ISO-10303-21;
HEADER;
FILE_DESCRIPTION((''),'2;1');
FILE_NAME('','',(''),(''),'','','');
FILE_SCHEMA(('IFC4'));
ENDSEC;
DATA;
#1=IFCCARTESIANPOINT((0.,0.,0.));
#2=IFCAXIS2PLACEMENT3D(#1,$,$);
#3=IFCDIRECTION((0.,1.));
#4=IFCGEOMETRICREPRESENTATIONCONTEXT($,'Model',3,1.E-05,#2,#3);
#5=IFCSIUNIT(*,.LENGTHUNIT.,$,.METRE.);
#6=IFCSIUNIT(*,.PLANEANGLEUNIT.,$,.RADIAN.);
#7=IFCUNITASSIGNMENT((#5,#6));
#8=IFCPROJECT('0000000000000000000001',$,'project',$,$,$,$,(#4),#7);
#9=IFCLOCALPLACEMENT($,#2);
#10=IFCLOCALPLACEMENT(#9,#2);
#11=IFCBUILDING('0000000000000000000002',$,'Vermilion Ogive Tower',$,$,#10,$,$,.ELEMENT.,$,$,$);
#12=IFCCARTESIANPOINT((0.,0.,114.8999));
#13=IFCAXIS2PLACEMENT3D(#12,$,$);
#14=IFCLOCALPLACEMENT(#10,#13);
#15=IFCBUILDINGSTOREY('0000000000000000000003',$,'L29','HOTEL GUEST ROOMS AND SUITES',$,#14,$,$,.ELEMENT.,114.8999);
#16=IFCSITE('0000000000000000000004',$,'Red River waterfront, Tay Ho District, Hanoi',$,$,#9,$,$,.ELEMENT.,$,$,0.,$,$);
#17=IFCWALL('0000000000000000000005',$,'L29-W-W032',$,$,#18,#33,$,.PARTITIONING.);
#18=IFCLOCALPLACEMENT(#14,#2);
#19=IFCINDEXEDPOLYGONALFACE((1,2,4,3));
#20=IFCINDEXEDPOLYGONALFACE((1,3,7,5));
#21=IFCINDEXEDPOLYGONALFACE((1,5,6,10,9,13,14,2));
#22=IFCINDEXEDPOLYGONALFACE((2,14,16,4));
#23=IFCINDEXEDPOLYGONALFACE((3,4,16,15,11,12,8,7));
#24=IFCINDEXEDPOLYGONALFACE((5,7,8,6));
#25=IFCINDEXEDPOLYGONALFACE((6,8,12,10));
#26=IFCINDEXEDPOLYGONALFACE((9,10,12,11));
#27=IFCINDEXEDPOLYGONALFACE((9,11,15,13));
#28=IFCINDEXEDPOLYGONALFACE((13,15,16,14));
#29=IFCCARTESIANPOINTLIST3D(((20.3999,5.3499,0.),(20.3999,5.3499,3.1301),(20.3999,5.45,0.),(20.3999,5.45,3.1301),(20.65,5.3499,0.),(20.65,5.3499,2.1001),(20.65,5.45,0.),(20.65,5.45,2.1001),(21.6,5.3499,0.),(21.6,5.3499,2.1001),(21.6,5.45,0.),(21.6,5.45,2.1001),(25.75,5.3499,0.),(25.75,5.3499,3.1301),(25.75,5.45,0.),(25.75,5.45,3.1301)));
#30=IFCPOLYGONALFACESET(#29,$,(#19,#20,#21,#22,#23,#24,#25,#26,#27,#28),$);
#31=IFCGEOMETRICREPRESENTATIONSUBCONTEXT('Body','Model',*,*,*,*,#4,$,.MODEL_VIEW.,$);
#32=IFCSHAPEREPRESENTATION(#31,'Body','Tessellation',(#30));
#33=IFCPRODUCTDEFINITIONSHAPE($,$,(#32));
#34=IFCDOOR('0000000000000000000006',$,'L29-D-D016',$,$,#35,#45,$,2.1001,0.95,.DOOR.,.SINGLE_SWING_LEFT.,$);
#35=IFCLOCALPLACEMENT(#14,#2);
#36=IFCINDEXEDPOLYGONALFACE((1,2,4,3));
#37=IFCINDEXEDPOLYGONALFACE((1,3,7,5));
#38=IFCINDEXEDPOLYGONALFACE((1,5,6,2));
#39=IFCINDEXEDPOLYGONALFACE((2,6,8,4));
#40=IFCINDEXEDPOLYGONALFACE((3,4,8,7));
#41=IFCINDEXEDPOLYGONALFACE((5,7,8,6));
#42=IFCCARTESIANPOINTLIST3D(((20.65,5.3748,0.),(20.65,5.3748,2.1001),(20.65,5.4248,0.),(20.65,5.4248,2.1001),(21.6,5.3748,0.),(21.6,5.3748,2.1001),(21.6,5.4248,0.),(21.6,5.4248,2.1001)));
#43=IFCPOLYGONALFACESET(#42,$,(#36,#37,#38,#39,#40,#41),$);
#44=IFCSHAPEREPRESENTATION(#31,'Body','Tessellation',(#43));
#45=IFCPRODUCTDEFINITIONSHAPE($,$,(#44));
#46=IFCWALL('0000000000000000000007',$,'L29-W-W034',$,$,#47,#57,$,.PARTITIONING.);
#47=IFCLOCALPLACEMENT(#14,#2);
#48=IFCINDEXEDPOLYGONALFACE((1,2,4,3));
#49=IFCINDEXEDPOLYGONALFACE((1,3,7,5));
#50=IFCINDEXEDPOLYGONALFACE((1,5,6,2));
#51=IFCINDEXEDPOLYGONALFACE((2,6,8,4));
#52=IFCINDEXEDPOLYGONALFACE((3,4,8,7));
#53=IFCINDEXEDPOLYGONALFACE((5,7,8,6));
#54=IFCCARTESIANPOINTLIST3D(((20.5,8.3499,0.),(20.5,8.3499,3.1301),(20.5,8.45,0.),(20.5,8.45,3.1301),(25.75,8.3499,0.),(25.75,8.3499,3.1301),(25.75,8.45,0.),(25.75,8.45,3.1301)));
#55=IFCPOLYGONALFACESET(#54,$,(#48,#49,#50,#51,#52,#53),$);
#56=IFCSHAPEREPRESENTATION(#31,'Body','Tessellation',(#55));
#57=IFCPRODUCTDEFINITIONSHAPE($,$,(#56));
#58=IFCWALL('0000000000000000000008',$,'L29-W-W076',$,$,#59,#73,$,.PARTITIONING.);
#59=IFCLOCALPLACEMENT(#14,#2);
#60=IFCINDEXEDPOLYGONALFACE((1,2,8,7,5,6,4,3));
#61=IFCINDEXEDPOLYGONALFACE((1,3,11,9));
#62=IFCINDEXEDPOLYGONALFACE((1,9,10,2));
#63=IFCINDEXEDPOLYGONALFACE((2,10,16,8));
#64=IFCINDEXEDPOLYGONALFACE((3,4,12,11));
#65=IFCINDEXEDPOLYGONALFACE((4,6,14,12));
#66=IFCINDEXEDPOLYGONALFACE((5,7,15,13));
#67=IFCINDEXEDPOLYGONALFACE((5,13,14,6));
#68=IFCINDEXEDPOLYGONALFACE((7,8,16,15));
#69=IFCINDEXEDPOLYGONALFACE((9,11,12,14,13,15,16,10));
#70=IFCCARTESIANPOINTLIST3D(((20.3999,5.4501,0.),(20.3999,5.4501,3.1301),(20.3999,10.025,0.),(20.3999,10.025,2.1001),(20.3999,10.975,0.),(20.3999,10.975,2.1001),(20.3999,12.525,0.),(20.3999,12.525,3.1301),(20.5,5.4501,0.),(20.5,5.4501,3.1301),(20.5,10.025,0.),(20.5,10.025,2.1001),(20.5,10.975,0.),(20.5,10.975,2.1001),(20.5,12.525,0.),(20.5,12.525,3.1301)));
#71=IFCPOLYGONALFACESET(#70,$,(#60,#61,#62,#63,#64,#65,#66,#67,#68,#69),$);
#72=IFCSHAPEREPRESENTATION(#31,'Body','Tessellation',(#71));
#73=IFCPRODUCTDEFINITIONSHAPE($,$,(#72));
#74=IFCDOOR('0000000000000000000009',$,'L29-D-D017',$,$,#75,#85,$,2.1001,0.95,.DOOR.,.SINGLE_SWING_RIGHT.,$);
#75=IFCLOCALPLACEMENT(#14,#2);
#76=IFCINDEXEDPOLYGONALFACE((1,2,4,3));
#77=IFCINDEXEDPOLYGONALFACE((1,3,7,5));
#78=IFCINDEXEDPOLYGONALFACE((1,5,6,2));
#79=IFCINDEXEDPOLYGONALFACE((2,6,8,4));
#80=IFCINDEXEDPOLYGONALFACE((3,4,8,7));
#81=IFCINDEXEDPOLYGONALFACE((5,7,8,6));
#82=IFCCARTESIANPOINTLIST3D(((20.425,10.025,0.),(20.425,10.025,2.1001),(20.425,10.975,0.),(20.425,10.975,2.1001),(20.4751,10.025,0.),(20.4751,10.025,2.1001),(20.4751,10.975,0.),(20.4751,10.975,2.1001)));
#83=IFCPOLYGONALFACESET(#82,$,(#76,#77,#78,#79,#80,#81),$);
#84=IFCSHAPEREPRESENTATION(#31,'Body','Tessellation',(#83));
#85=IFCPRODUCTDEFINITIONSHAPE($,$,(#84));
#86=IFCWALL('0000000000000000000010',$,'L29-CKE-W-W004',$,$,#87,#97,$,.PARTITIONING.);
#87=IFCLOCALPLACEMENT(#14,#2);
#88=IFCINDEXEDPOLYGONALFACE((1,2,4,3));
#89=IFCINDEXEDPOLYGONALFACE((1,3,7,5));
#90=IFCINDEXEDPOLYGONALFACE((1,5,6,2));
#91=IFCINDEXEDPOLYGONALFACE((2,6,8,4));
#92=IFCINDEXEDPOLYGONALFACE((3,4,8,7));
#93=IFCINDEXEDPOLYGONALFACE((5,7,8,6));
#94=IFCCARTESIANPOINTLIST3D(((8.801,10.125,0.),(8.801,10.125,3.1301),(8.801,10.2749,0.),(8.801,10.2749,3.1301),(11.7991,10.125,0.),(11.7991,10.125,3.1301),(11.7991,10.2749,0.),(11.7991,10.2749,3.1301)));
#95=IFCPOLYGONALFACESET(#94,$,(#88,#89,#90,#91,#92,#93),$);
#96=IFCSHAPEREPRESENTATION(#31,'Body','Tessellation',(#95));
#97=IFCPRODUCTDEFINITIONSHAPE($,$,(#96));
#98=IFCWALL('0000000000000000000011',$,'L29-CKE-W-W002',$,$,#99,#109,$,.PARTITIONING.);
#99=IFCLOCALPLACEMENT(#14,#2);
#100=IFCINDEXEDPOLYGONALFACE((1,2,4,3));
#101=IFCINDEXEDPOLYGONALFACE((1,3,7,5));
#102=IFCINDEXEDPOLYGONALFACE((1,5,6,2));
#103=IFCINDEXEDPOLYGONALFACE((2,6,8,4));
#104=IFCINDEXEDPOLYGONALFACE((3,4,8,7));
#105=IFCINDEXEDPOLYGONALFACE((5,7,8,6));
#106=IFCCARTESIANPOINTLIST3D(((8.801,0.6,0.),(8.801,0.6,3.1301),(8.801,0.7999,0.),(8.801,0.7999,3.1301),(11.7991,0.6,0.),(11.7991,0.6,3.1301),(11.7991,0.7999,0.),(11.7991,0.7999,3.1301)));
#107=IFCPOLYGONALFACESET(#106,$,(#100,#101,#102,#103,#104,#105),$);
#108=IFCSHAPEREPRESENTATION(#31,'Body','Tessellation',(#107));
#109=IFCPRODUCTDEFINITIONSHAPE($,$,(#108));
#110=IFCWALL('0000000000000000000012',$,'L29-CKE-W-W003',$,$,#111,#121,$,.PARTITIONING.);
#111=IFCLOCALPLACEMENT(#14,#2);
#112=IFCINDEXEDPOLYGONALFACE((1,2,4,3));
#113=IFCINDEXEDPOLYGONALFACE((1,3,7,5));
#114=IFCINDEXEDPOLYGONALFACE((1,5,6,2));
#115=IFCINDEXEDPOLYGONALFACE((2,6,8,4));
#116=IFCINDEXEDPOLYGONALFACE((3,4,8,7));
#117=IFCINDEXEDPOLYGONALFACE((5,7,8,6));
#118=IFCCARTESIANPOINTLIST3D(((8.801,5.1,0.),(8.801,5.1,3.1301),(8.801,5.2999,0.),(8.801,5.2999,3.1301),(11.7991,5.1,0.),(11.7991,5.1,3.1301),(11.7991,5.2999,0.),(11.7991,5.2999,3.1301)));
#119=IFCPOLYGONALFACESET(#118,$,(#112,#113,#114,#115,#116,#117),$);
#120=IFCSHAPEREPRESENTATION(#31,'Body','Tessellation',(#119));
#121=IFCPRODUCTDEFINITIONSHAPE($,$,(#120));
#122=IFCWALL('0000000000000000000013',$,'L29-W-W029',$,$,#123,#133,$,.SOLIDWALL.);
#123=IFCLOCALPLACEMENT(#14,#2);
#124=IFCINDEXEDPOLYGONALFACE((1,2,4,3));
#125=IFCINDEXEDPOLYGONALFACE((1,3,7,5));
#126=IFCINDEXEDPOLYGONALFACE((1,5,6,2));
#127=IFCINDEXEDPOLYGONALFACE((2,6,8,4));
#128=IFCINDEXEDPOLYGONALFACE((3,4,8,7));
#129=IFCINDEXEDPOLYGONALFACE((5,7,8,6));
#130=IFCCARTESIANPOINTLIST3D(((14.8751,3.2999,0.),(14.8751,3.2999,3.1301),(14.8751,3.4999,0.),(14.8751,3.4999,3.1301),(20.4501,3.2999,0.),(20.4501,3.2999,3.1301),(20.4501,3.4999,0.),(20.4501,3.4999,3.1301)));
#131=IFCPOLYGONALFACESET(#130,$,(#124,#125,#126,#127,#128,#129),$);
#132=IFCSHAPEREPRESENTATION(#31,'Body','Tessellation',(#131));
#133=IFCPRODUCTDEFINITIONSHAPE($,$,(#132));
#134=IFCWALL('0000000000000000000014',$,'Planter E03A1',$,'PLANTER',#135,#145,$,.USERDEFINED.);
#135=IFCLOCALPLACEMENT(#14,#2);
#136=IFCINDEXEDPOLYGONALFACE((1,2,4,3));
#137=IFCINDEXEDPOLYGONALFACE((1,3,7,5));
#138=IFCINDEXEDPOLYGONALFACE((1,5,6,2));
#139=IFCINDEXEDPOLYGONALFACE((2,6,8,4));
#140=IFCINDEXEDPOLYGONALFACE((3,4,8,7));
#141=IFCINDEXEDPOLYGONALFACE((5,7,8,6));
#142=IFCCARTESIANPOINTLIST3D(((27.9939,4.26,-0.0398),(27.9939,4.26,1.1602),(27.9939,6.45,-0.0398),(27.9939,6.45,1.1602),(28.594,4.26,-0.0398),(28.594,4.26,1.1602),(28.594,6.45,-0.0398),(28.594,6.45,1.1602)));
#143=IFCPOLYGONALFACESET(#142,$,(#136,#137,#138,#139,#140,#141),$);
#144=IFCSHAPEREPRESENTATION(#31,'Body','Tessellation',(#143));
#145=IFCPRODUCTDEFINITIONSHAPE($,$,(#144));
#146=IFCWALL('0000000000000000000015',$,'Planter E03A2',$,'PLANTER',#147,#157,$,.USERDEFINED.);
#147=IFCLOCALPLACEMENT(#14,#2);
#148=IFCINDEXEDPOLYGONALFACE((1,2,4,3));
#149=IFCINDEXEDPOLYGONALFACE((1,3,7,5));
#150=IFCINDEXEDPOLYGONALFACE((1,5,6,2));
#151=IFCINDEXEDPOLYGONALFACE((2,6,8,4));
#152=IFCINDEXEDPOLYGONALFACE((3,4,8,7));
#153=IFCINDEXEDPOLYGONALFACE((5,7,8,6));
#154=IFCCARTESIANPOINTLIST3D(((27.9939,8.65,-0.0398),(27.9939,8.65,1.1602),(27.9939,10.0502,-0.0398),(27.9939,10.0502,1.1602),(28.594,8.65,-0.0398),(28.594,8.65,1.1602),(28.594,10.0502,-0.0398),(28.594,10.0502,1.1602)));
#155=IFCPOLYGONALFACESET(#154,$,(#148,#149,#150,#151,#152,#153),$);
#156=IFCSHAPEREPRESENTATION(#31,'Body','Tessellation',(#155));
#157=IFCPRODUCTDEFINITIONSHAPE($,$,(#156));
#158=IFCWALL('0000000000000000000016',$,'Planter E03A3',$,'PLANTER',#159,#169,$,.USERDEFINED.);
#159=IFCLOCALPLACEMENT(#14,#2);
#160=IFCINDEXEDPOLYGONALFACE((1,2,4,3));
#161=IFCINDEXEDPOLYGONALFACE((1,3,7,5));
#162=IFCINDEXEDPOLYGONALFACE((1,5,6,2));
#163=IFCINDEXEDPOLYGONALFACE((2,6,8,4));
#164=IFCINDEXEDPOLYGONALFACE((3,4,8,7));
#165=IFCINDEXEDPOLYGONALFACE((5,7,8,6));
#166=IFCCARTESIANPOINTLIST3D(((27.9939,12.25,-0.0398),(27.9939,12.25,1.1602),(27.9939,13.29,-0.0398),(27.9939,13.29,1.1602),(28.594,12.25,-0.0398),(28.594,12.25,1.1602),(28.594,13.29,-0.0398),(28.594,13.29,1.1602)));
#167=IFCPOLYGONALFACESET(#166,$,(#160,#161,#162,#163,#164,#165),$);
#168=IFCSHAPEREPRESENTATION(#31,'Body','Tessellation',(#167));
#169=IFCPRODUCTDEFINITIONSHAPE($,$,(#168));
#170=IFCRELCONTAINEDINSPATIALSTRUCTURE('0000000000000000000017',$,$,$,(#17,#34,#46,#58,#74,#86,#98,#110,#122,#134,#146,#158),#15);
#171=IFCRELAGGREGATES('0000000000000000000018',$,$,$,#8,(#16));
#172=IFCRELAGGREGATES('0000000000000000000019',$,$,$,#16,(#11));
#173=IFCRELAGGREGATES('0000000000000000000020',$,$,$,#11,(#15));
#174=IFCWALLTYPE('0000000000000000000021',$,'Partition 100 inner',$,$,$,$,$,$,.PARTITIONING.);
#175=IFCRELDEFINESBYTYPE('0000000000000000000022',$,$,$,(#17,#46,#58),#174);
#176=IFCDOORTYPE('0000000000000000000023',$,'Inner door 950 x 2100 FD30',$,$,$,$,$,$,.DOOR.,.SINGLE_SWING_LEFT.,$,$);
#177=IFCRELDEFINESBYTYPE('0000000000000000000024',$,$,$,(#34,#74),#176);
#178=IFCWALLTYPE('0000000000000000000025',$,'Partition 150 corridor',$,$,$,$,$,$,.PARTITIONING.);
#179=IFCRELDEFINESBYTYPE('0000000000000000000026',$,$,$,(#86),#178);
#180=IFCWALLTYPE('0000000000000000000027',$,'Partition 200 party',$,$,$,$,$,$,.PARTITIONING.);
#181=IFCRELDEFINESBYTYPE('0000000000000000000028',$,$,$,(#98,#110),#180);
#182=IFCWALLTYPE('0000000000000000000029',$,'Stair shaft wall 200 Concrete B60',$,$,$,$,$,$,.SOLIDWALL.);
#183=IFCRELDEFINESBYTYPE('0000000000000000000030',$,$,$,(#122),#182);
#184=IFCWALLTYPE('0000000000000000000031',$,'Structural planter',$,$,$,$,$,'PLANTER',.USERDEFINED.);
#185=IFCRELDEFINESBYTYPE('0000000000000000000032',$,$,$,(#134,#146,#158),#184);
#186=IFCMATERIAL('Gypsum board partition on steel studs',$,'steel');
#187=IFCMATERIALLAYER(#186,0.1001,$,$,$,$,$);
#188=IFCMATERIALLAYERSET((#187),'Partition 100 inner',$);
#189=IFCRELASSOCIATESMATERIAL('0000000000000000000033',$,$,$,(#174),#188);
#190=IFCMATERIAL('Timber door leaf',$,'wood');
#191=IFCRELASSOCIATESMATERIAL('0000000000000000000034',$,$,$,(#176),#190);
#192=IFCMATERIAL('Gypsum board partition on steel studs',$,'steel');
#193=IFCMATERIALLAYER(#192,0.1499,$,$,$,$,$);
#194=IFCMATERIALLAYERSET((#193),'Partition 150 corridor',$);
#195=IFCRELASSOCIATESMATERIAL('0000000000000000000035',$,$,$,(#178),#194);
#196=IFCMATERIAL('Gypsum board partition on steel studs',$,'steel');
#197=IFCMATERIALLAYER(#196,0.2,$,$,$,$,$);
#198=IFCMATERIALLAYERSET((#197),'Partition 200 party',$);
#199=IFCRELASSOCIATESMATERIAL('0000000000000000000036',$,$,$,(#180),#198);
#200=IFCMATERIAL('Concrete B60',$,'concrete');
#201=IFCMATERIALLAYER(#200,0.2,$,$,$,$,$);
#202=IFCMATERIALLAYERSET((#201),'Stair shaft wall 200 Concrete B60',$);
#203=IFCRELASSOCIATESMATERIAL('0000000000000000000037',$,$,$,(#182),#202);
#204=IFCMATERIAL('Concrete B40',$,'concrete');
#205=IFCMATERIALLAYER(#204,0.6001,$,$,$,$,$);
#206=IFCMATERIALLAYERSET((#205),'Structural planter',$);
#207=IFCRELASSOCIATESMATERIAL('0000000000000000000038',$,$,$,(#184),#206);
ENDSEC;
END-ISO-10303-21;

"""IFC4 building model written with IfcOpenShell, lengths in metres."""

from ifc_helpers import new_model, si_unit, direction, frame, frame_2d, origin, place, context, subcontext, project, spatial, rectangle, extrude, material, layer, layer_set, type_object, element, fill, save


model = new_model("IFC4")

# Units and contexts
model_context = context("Model", 3, precision=1e-05, world=origin(), true_north=direction((0.0, 1.0)))
body_context = subcontext(model_context, "Body", "Model", "MODEL_VIEW")
ifc_project = project(units=[si_unit("LENGTHUNIT", "METRE"), si_unit("PLANEANGLEUNIT", "RADIAN")], contexts=[model_context])

# Site, building, storey
site_placement = place(None, origin())
site = spatial("IfcSite", under=ifc_project, at=site_placement, Name="Red River waterfront, Tay Ho District, Hanoi", CompositionType="ELEMENT", RefElevation=0.0)
building_placement = place(site_placement, origin())
building = spatial("IfcBuilding", under=site, at=building_placement, Name="Vermilion Ogive Tower", CompositionType="ELEMENT")
storey_placement = place(building_placement, frame((0.0, 0.0, 114.8999)))
storey = spatial("IfcBuildingStorey", under=building, at=storey_placement, Name="L29", Description="HOTEL GUEST ROOMS AND SUITES", CompositionType="ELEMENT", Elevation=114.8999)

# Shared definitions
ifc_material_1 = material(Name="Gypsum board partition on steel studs", Category="steel")
ifc_layer_1 = layer(ifc_material_1, 0.1001)
ifc_layer_set_1 = layer_set([ifc_layer_1], Name="Partition 100 inner")
wall_type_1 = type_object("IfcWallType", Name="Partition 100 inner", PredefinedType="PARTITIONING", material=ifc_layer_set_1)
ifc_material_2 = material(Name="Timber door leaf", Category="wood")
door_type_1 = type_object("IfcDoorType", Name="Inner door 950 x 2100 FD30", OperationType="SINGLE_SWING_LEFT", PredefinedType="DOOR", material=ifc_material_2)

# Wall, opening, door
wall_1_placement = place(storey_placement, frame((20.3999, 5.3999, 0.0), z_axis=(0.0, 0.0, 1.0), x_axis=(1.0, 0.0, 0.0)))
wall_1 = element("IfcWall", 1, at=wall_1_placement, inside=storey, type_object=wall_type_1, Name="L29-W-W032", PredefinedType="PARTITIONING", context=body_context, shape_type="SweptSolid", body=[
    extrude(rectangle(XDim=5.3501, YDim=0.1001, at=frame_2d((2.675, 0.0))), origin(), (0.0, 0.0, 1.0), 3.1301),
])
opening_1_placement = place(wall_1_placement, frame((0.25, 0.0, 0.0)))
opening_1 = element("IfcOpeningElement", 2, at=opening_1_placement, cuts=wall_1, PredefinedType="OPENING", context=body_context, shape_type="SweptSolid", body=[
    extrude(rectangle(XDim=0.95, YDim=2.1001, at=frame_2d((0.4751, 1.05))), frame((0.0, 0.0601, 0.0), z_axis=(0.0, -1.0, 0.0), x_axis=(1.0, 0.0, 0.0)), (0.0, 0.0, 1.0), 0.1201),
])
door_1_placement = place(opening_1_placement, origin())
door_1 = element("IfcDoor", 3, at=door_1_placement, inside=storey, type_object=door_type_1, Name="L29-D-D016", OperationType="SINGLE_SWING_LEFT", OverallHeight=2.1001, OverallWidth=0.95, PredefinedType="DOOR", context=body_context, shape_type="SweptSolid", body=[
    extrude(rectangle(XDim=0.95, YDim=2.1001, at=frame_2d((0.4751, 1.05))), frame((0.0, 0.0249, 0.0), z_axis=(0.0, -1.0, 0.0), x_axis=(1.0, 0.0, 0.0)), (0.0, 0.0, 1.0), 0.05),
])
fill(opening_1, door_1)

# Wall
wall_2_placement = place(storey_placement, frame((20.5, 8.3999, 0.0), z_axis=(0.0, 0.0, 1.0), x_axis=(1.0, 0.0, 0.0)))
element("IfcWall", 4, at=wall_2_placement, inside=storey, type_object=wall_type_1, Name="L29-W-W034", PredefinedType="PARTITIONING", context=body_context, shape_type="SweptSolid", body=[
    extrude(rectangle(XDim=5.25, YDim=0.1001, at=frame_2d((2.625, 0.0))), origin(), (0.0, 0.0, 1.0), 3.1301),
])

# Wall, opening, door
wall_3_placement = place(storey_placement, frame((20.45, 5.45, 0.0), z_axis=(0.0, 0.0, 1.0), x_axis=(0.0, 1.0, 0.0)))
wall_3 = element("IfcWall", 5, at=wall_3_placement, inside=storey, type_object=wall_type_1, Name="L29-W-W076", PredefinedType="PARTITIONING", context=body_context, shape_type="SweptSolid", body=[
    extrude(rectangle(XDim=7.075, YDim=0.1001, at=frame_2d((3.5376, 0.0))), origin(), (0.0, 0.0, 1.0), 3.1301),
])
opening_2_placement = place(wall_3_placement, frame((4.575, 0.0, 0.0)))
opening_2 = element("IfcOpeningElement", 6, at=opening_2_placement, cuts=wall_3, PredefinedType="OPENING", context=body_context, shape_type="SweptSolid", body=[
    extrude(rectangle(XDim=0.95, YDim=2.1001, at=frame_2d((0.4751, 1.05))), frame((0.0, 0.0601, 0.0), z_axis=(0.0, -1.0, 0.0), x_axis=(1.0, 0.0, 0.0)), (0.0, 0.0, 1.0), 0.1201),
])
door_2_placement = place(opening_2_placement, origin())
door_2 = element("IfcDoor", 7, at=door_2_placement, inside=storey, type_object=door_type_1, Name="L29-D-D017", OperationType="SINGLE_SWING_RIGHT", OverallHeight=2.1001, OverallWidth=0.95, PredefinedType="DOOR", context=body_context, shape_type="SweptSolid", body=[
    extrude(rectangle(XDim=0.95, YDim=2.1001, at=frame_2d((0.4751, 1.05))), frame((0.0, 0.0249, 0.0), z_axis=(0.0, -1.0, 0.0), x_axis=(1.0, 0.0, 0.0)), (0.0, 0.0, 1.0), 0.05),
])
fill(opening_2, door_2)

# Walls
ifc_material_3 = material(Name="Gypsum board partition on steel studs", Category="steel")
ifc_layer_2 = layer(ifc_material_3, 0.1499)
ifc_layer_set_2 = layer_set([ifc_layer_2], Name="Partition 150 corridor")
wall_type_2 = type_object("IfcWallType", Name="Partition 150 corridor", PredefinedType="PARTITIONING", material=ifc_layer_set_2)
wall_4_placement = place(storey_placement, frame((8.801, 10.2, 0.0), z_axis=(0.0, 0.0, 1.0), x_axis=(1.0, 0.0, 0.0)))
element("IfcWall", 8, at=wall_4_placement, inside=storey, type_object=wall_type_2, Name="L29-CKE-W-W004", PredefinedType="PARTITIONING", context=body_context, shape_type="SweptSolid", body=[
    extrude(rectangle(XDim=2.998, YDim=0.1499, at=frame_2d((1.499, 0.0))), origin(), (0.0, 0.0, 1.0), 3.1301),
])
ifc_material_4 = material(Name="Gypsum board partition on steel studs", Category="steel")
ifc_layer_3 = layer(ifc_material_4, 0.2)
ifc_layer_set_3 = layer_set([ifc_layer_3], Name="Partition 200 party")
wall_type_3 = type_object("IfcWallType", Name="Partition 200 party", PredefinedType="PARTITIONING", material=ifc_layer_set_3)
for number, where, z_axis, x_axis, name in (
    (9, (8.801, 0.7, 0.0), (0.0, 0.0, 1.0), (1.0, 0.0, 0.0), "L29-CKE-W-W002"),
    (10, (8.801, 5.2, 0.0), (0.0, 0.0, 1.0), (1.0, 0.0, 0.0), "L29-CKE-W-W003"),
):
    element("IfcWall", number, at=place(storey_placement, frame(where, z_axis=z_axis, x_axis=x_axis)), inside=storey, type_object=wall_type_3, Name=name, PredefinedType="PARTITIONING", context=body_context, shape_type="SweptSolid", body=[
        extrude(rectangle(XDim=2.998, YDim=0.2, at=frame_2d((1.499, 0.0))), origin(), (0.0, 0.0, 1.0), 3.1301),
    ])
ifc_material_5 = material(Name="Concrete B60", Category="concrete")
ifc_layer_4 = layer(ifc_material_5, 0.2)
ifc_layer_set_4 = layer_set([ifc_layer_4], Name="Stair shaft wall 200 Concrete B60")
wall_type_4 = type_object("IfcWallType", Name="Stair shaft wall 200 Concrete B60", PredefinedType="SOLIDWALL", material=ifc_layer_set_4)
wall_5_placement = place(storey_placement, frame((14.875, 3.3999, 0.0), z_axis=(0.0, 0.0, 1.0), x_axis=(1.0, 0.0, 0.0)))
element("IfcWall", 11, at=wall_5_placement, inside=storey, type_object=wall_type_4, Name="L29-W-W029", PredefinedType="SOLIDWALL", context=body_context, shape_type="SweptSolid", body=[
    extrude(rectangle(XDim=5.575, YDim=0.2, at=frame_2d((2.7876, 0.0))), origin(), (0.0, 0.0, 1.0), 3.1301),
])
ifc_material_6 = material(Name="Concrete B40", Category="concrete")
ifc_layer_5 = layer(ifc_material_6, 0.6001)
ifc_layer_set_5 = layer_set([ifc_layer_5], Name="Structural planter")
wall_type_5 = type_object("IfcWallType", Name="Structural planter", ElementType="PLANTER", PredefinedType="USERDEFINED", material=ifc_layer_set_5)
wall_6_placement = place(storey_placement, frame((28.2939, 4.26, -0.0398), z_axis=(0.0, 0.0, 1.0), x_axis=(0.0, 1.0, 0.0)))
element("IfcWall", 12, at=wall_6_placement, inside=storey, type_object=wall_type_5, Name="Planter E03A1", ObjectType="PLANTER", PredefinedType="USERDEFINED", context=body_context, shape_type="SweptSolid", body=[
    extrude(rectangle(XDim=2.1899, YDim=0.6001, at=frame_2d((1.095, 0.0))), origin(), (0.0, 0.0, 1.0), 1.2),
])
wall_7_placement = place(storey_placement, frame((28.2939, 8.6499, -0.0398), z_axis=(0.0, 0.0, 1.0), x_axis=(0.0, 1.0, 0.0)))
element("IfcWall", 13, at=wall_7_placement, inside=storey, type_object=wall_type_5, Name="Planter E03A2", ObjectType="PLANTER", PredefinedType="USERDEFINED", context=body_context, shape_type="SweptSolid", body=[
    extrude(rectangle(XDim=1.4001, YDim=0.6001, at=frame_2d((0.7002, 0.0))), origin(), (0.0, 0.0, 1.0), 1.2),
])
wall_8_placement = place(storey_placement, frame((28.2939, 12.25, -0.0398), z_axis=(0.0, 0.0, 1.0), x_axis=(0.0, 1.0, 0.0)))
element("IfcWall", 14, at=wall_8_placement, inside=storey, type_object=wall_type_5, Name="Planter E03A3", ObjectType="PLANTER", PredefinedType="USERDEFINED", context=body_context, shape_type="SweptSolid", body=[
    extrude(rectangle(XDim=1.04, YDim=0.6001, at=frame_2d((0.52, 0.0))), origin(), (0.0, 0.0, 1.0), 1.2),
])

save(model, "model.ifc")
